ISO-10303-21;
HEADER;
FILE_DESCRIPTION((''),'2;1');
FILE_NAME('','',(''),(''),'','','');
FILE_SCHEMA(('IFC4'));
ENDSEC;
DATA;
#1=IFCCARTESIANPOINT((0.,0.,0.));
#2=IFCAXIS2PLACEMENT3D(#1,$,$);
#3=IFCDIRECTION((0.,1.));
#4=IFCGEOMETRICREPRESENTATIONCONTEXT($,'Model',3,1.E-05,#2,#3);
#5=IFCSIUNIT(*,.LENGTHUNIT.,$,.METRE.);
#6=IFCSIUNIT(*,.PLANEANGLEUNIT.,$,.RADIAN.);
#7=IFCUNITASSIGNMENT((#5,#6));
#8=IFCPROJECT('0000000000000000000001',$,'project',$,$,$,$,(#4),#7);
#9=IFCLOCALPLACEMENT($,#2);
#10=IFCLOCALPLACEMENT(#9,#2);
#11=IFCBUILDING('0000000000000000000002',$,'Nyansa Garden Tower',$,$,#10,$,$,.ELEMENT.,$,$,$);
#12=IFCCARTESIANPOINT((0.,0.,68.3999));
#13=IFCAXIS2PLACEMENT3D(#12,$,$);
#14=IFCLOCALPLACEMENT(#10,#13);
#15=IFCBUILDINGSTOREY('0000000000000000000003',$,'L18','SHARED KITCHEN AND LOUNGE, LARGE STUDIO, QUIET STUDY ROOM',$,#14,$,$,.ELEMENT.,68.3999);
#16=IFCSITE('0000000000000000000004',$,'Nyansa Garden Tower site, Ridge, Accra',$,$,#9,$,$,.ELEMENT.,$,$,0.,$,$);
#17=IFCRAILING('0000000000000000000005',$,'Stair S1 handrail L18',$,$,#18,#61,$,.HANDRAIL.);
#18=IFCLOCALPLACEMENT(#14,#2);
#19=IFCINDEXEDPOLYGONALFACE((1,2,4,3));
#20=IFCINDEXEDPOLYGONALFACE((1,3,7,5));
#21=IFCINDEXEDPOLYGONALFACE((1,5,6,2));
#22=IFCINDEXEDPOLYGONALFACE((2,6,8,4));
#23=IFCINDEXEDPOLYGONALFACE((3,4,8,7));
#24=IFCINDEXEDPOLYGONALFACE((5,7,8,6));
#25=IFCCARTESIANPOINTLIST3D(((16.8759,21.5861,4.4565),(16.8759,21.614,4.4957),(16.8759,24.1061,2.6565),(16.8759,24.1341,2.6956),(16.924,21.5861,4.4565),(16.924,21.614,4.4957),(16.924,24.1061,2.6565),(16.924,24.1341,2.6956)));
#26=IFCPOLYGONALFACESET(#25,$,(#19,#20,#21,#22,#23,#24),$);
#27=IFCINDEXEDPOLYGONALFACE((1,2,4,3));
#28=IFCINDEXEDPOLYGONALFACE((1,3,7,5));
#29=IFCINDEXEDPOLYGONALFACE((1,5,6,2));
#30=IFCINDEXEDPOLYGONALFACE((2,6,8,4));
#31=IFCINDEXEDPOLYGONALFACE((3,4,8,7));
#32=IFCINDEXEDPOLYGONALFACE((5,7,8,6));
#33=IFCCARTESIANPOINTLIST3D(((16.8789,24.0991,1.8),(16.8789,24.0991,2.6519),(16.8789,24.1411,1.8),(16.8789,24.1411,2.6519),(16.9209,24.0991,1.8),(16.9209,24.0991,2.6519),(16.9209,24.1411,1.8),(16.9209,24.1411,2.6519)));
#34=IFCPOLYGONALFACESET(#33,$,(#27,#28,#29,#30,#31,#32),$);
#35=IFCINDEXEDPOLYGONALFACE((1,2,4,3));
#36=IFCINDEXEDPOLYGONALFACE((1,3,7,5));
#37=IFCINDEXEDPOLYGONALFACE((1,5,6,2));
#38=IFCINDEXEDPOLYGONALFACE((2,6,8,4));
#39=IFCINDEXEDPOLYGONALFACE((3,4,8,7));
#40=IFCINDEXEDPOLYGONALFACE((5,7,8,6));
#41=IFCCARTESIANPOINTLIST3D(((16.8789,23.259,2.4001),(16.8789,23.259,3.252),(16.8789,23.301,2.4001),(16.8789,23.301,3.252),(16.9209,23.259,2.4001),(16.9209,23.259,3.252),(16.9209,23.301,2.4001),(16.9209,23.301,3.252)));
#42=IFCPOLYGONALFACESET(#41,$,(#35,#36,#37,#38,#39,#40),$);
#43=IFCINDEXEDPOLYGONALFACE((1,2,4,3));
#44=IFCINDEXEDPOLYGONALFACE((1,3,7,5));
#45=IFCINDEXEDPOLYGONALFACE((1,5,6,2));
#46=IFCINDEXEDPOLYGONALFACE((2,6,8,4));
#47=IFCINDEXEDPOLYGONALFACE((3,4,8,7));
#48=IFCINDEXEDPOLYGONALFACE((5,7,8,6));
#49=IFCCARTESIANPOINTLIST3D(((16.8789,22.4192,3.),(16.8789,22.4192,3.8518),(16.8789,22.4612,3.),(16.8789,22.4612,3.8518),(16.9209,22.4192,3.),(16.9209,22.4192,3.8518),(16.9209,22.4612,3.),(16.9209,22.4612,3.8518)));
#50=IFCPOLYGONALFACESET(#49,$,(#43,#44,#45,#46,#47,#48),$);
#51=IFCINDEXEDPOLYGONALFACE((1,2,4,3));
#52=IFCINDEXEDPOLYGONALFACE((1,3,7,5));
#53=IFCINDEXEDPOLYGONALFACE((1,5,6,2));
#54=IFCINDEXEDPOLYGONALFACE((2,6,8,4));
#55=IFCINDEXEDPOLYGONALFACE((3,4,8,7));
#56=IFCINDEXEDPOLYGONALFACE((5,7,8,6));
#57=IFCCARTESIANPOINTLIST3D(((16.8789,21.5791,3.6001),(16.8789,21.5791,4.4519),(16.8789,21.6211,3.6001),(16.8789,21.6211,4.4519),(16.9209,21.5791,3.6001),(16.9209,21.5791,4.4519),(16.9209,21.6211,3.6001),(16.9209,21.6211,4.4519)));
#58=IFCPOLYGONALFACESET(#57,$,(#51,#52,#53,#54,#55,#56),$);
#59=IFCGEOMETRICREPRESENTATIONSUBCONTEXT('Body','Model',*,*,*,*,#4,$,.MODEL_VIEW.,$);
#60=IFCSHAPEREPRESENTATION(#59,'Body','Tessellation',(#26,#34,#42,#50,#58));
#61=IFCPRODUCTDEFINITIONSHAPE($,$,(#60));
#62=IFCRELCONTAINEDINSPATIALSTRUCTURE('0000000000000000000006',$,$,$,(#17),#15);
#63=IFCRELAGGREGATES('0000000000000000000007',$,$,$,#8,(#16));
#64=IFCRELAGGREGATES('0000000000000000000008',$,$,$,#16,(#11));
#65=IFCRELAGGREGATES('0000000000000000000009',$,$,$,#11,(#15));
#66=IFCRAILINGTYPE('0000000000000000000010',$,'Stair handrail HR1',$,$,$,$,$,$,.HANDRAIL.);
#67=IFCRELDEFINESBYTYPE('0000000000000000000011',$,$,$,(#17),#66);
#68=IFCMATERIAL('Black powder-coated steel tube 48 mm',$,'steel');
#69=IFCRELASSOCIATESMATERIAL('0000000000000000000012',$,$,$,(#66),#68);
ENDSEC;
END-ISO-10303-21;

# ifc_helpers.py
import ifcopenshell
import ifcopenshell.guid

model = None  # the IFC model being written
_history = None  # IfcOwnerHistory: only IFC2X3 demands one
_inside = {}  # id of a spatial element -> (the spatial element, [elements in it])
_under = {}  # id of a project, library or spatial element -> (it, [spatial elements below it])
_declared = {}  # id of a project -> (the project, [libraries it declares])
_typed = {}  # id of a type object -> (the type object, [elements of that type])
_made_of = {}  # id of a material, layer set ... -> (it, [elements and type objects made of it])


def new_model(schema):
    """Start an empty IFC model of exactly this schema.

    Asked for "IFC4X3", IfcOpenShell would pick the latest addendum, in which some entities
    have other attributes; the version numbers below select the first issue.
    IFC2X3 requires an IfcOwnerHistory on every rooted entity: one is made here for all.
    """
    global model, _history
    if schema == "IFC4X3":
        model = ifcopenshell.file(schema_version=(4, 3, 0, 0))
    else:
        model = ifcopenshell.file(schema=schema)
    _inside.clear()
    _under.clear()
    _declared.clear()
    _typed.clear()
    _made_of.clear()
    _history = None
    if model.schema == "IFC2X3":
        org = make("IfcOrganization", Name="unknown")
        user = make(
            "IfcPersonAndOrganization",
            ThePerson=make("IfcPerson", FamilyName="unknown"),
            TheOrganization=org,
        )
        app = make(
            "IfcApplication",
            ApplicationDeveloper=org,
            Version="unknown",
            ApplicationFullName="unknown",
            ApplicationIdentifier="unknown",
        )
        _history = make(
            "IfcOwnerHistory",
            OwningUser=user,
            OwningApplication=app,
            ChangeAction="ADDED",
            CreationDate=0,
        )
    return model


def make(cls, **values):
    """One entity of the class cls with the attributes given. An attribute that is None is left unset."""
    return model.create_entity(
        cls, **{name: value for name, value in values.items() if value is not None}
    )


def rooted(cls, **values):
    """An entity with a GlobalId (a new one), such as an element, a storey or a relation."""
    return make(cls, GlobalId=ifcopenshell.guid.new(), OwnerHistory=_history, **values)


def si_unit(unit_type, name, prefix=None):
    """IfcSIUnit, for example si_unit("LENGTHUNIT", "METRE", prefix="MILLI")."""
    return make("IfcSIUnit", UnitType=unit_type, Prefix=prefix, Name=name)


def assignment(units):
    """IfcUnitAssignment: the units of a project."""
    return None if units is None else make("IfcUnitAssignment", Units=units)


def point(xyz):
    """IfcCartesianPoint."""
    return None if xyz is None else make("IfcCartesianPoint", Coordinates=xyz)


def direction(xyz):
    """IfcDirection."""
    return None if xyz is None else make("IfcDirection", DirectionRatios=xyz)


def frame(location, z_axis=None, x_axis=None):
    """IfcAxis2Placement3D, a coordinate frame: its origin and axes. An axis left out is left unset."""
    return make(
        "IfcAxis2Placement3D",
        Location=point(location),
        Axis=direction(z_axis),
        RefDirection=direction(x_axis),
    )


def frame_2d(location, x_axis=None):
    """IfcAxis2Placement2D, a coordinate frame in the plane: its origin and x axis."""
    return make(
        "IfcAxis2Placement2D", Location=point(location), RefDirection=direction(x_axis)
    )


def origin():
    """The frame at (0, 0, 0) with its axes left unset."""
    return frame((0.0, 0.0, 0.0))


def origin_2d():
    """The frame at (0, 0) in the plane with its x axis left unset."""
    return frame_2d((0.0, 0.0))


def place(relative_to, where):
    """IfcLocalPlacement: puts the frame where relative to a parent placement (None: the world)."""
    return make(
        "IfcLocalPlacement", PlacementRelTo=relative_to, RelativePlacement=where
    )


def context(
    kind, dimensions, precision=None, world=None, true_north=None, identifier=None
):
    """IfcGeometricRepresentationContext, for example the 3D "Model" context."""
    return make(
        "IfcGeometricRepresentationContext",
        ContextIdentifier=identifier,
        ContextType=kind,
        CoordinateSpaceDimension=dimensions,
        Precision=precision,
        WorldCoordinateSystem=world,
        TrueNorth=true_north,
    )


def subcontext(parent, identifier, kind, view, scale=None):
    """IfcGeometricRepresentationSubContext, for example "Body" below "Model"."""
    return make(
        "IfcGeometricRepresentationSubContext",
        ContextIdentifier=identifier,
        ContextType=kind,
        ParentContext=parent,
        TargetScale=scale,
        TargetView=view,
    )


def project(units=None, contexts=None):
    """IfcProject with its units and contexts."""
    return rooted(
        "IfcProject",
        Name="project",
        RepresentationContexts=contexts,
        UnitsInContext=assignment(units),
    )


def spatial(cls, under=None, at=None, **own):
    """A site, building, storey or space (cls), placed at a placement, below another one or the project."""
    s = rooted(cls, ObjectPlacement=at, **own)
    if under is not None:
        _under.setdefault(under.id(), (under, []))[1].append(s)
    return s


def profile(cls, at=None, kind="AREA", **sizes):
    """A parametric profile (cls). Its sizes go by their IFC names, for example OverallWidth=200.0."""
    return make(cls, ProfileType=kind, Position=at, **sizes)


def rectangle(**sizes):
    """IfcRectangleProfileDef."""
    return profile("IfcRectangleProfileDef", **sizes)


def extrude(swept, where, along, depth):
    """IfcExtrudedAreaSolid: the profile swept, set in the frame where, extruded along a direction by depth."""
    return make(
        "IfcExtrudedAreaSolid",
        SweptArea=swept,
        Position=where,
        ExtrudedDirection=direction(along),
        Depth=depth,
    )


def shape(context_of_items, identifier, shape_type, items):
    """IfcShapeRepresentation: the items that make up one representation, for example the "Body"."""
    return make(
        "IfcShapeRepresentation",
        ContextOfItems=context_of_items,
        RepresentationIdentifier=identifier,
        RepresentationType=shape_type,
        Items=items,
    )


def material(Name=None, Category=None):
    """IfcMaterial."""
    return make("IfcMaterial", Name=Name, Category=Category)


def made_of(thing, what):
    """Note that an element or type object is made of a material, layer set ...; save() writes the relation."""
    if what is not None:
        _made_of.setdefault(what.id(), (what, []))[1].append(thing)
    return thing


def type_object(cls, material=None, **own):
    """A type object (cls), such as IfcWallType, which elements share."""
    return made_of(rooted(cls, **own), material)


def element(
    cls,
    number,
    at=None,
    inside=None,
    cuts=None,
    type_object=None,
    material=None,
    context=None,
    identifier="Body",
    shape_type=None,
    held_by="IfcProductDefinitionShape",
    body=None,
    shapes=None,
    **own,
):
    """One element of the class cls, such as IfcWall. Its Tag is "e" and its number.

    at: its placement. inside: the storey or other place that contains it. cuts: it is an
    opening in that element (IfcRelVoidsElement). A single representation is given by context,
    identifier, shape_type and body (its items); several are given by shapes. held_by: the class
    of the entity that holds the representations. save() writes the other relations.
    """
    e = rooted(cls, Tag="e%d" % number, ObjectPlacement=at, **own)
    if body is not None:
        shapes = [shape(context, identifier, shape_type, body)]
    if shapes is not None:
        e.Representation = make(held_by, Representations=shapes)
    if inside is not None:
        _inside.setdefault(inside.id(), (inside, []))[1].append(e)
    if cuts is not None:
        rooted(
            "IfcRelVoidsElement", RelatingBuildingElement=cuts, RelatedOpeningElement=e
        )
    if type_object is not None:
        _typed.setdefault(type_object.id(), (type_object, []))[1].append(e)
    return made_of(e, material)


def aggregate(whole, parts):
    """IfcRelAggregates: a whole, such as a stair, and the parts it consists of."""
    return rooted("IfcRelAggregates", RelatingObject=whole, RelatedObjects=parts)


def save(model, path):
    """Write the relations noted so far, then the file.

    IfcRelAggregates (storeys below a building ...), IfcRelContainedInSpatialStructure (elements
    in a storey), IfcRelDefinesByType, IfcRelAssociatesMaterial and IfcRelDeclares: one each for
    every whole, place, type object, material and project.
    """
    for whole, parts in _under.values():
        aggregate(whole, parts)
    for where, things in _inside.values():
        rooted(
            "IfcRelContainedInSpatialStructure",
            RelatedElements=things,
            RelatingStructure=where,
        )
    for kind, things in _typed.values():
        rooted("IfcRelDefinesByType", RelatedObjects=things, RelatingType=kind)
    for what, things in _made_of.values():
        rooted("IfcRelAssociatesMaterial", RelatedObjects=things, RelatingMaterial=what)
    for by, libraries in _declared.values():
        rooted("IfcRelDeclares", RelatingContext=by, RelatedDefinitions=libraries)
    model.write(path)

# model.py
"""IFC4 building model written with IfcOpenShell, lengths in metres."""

from ifc_helpers import new_model, si_unit, direction, frame, origin, origin_2d, place, context, subcontext, project, spatial, rectangle, extrude, material, type_object, element, save


model = new_model("IFC4")

# Units and contexts
model_context = context("Model", 3, precision=1e-05, world=origin(), true_north=direction((0.0, 1.0)))
body_context = subcontext(model_context, "Body", "Model", "MODEL_VIEW")
ifc_project = project(units=[si_unit("LENGTHUNIT", "METRE"), si_unit("PLANEANGLEUNIT", "RADIAN")], contexts=[model_context])

# Site, building, storey
site_placement = place(None, origin())
site = spatial("IfcSite", under=ifc_project, at=site_placement, Name="Nyansa Garden Tower site, Ridge, Accra", CompositionType="ELEMENT", RefElevation=0.0)
building_placement = place(site_placement, origin())
building = spatial("IfcBuilding", under=site, at=building_placement, Name="Nyansa Garden Tower", CompositionType="ELEMENT")
storey_placement = place(building_placement, frame((0.0, 0.0, 68.3999)))
storey = spatial("IfcBuildingStorey", under=building, at=storey_placement, Name="L18", Description="SHARED KITCHEN AND LOUNGE, LARGE STUDIO, QUIET STUDY ROOM", CompositionType="ELEMENT", Elevation=68.3999)

# Railing
ifc_material_1 = material(Name="Black powder-coated steel tube 48 mm", Category="steel")
railing_type = type_object("IfcRailingType", Name="Stair handrail HR1", PredefinedType="HANDRAIL", material=ifc_material_1)
railing_1_placement = place(storey_placement, frame((16.8999, 24.1201, 1.8)))
element("IfcRailing", 1, at=railing_1_placement, inside=storey, type_object=railing_type, Name="Stair S1 handrail L18", PredefinedType="HANDRAIL", context=body_context, shape_type="SweptSolid", body=[
    extrude(rectangle(XDim=0.0481, YDim=0.0481, at=origin_2d()), frame((0.0, 0.0, 0.876), z_axis=(0.0, -0.813728, 0.581246), x_axis=(1.0, 0.0, 0.0)), (0.0, 0.0, 1.0), 3.0969),
    extrude(rectangle(XDim=0.042, YDim=0.042, at=origin_2d()), origin(), (0.0, 0.0, 1.0), 0.8518),
    extrude(rectangle(XDim=0.042, YDim=0.042, at=origin_2d()), frame((0.0, -0.8401, 0.6001)), (0.0, 0.0, 1.0), 0.8518),
    extrude(rectangle(XDim=0.042, YDim=0.042, at=origin_2d()), frame((0.0, -1.6799, 1.2)), (0.0, 0.0, 1.0), 0.8518),
    extrude(rectangle(XDim=0.042, YDim=0.042, at=origin_2d()), frame((0.0, -2.52, 1.8)), (0.0, 0.0, 1.0), 0.8518),
])

save(model, "model.ifc")
